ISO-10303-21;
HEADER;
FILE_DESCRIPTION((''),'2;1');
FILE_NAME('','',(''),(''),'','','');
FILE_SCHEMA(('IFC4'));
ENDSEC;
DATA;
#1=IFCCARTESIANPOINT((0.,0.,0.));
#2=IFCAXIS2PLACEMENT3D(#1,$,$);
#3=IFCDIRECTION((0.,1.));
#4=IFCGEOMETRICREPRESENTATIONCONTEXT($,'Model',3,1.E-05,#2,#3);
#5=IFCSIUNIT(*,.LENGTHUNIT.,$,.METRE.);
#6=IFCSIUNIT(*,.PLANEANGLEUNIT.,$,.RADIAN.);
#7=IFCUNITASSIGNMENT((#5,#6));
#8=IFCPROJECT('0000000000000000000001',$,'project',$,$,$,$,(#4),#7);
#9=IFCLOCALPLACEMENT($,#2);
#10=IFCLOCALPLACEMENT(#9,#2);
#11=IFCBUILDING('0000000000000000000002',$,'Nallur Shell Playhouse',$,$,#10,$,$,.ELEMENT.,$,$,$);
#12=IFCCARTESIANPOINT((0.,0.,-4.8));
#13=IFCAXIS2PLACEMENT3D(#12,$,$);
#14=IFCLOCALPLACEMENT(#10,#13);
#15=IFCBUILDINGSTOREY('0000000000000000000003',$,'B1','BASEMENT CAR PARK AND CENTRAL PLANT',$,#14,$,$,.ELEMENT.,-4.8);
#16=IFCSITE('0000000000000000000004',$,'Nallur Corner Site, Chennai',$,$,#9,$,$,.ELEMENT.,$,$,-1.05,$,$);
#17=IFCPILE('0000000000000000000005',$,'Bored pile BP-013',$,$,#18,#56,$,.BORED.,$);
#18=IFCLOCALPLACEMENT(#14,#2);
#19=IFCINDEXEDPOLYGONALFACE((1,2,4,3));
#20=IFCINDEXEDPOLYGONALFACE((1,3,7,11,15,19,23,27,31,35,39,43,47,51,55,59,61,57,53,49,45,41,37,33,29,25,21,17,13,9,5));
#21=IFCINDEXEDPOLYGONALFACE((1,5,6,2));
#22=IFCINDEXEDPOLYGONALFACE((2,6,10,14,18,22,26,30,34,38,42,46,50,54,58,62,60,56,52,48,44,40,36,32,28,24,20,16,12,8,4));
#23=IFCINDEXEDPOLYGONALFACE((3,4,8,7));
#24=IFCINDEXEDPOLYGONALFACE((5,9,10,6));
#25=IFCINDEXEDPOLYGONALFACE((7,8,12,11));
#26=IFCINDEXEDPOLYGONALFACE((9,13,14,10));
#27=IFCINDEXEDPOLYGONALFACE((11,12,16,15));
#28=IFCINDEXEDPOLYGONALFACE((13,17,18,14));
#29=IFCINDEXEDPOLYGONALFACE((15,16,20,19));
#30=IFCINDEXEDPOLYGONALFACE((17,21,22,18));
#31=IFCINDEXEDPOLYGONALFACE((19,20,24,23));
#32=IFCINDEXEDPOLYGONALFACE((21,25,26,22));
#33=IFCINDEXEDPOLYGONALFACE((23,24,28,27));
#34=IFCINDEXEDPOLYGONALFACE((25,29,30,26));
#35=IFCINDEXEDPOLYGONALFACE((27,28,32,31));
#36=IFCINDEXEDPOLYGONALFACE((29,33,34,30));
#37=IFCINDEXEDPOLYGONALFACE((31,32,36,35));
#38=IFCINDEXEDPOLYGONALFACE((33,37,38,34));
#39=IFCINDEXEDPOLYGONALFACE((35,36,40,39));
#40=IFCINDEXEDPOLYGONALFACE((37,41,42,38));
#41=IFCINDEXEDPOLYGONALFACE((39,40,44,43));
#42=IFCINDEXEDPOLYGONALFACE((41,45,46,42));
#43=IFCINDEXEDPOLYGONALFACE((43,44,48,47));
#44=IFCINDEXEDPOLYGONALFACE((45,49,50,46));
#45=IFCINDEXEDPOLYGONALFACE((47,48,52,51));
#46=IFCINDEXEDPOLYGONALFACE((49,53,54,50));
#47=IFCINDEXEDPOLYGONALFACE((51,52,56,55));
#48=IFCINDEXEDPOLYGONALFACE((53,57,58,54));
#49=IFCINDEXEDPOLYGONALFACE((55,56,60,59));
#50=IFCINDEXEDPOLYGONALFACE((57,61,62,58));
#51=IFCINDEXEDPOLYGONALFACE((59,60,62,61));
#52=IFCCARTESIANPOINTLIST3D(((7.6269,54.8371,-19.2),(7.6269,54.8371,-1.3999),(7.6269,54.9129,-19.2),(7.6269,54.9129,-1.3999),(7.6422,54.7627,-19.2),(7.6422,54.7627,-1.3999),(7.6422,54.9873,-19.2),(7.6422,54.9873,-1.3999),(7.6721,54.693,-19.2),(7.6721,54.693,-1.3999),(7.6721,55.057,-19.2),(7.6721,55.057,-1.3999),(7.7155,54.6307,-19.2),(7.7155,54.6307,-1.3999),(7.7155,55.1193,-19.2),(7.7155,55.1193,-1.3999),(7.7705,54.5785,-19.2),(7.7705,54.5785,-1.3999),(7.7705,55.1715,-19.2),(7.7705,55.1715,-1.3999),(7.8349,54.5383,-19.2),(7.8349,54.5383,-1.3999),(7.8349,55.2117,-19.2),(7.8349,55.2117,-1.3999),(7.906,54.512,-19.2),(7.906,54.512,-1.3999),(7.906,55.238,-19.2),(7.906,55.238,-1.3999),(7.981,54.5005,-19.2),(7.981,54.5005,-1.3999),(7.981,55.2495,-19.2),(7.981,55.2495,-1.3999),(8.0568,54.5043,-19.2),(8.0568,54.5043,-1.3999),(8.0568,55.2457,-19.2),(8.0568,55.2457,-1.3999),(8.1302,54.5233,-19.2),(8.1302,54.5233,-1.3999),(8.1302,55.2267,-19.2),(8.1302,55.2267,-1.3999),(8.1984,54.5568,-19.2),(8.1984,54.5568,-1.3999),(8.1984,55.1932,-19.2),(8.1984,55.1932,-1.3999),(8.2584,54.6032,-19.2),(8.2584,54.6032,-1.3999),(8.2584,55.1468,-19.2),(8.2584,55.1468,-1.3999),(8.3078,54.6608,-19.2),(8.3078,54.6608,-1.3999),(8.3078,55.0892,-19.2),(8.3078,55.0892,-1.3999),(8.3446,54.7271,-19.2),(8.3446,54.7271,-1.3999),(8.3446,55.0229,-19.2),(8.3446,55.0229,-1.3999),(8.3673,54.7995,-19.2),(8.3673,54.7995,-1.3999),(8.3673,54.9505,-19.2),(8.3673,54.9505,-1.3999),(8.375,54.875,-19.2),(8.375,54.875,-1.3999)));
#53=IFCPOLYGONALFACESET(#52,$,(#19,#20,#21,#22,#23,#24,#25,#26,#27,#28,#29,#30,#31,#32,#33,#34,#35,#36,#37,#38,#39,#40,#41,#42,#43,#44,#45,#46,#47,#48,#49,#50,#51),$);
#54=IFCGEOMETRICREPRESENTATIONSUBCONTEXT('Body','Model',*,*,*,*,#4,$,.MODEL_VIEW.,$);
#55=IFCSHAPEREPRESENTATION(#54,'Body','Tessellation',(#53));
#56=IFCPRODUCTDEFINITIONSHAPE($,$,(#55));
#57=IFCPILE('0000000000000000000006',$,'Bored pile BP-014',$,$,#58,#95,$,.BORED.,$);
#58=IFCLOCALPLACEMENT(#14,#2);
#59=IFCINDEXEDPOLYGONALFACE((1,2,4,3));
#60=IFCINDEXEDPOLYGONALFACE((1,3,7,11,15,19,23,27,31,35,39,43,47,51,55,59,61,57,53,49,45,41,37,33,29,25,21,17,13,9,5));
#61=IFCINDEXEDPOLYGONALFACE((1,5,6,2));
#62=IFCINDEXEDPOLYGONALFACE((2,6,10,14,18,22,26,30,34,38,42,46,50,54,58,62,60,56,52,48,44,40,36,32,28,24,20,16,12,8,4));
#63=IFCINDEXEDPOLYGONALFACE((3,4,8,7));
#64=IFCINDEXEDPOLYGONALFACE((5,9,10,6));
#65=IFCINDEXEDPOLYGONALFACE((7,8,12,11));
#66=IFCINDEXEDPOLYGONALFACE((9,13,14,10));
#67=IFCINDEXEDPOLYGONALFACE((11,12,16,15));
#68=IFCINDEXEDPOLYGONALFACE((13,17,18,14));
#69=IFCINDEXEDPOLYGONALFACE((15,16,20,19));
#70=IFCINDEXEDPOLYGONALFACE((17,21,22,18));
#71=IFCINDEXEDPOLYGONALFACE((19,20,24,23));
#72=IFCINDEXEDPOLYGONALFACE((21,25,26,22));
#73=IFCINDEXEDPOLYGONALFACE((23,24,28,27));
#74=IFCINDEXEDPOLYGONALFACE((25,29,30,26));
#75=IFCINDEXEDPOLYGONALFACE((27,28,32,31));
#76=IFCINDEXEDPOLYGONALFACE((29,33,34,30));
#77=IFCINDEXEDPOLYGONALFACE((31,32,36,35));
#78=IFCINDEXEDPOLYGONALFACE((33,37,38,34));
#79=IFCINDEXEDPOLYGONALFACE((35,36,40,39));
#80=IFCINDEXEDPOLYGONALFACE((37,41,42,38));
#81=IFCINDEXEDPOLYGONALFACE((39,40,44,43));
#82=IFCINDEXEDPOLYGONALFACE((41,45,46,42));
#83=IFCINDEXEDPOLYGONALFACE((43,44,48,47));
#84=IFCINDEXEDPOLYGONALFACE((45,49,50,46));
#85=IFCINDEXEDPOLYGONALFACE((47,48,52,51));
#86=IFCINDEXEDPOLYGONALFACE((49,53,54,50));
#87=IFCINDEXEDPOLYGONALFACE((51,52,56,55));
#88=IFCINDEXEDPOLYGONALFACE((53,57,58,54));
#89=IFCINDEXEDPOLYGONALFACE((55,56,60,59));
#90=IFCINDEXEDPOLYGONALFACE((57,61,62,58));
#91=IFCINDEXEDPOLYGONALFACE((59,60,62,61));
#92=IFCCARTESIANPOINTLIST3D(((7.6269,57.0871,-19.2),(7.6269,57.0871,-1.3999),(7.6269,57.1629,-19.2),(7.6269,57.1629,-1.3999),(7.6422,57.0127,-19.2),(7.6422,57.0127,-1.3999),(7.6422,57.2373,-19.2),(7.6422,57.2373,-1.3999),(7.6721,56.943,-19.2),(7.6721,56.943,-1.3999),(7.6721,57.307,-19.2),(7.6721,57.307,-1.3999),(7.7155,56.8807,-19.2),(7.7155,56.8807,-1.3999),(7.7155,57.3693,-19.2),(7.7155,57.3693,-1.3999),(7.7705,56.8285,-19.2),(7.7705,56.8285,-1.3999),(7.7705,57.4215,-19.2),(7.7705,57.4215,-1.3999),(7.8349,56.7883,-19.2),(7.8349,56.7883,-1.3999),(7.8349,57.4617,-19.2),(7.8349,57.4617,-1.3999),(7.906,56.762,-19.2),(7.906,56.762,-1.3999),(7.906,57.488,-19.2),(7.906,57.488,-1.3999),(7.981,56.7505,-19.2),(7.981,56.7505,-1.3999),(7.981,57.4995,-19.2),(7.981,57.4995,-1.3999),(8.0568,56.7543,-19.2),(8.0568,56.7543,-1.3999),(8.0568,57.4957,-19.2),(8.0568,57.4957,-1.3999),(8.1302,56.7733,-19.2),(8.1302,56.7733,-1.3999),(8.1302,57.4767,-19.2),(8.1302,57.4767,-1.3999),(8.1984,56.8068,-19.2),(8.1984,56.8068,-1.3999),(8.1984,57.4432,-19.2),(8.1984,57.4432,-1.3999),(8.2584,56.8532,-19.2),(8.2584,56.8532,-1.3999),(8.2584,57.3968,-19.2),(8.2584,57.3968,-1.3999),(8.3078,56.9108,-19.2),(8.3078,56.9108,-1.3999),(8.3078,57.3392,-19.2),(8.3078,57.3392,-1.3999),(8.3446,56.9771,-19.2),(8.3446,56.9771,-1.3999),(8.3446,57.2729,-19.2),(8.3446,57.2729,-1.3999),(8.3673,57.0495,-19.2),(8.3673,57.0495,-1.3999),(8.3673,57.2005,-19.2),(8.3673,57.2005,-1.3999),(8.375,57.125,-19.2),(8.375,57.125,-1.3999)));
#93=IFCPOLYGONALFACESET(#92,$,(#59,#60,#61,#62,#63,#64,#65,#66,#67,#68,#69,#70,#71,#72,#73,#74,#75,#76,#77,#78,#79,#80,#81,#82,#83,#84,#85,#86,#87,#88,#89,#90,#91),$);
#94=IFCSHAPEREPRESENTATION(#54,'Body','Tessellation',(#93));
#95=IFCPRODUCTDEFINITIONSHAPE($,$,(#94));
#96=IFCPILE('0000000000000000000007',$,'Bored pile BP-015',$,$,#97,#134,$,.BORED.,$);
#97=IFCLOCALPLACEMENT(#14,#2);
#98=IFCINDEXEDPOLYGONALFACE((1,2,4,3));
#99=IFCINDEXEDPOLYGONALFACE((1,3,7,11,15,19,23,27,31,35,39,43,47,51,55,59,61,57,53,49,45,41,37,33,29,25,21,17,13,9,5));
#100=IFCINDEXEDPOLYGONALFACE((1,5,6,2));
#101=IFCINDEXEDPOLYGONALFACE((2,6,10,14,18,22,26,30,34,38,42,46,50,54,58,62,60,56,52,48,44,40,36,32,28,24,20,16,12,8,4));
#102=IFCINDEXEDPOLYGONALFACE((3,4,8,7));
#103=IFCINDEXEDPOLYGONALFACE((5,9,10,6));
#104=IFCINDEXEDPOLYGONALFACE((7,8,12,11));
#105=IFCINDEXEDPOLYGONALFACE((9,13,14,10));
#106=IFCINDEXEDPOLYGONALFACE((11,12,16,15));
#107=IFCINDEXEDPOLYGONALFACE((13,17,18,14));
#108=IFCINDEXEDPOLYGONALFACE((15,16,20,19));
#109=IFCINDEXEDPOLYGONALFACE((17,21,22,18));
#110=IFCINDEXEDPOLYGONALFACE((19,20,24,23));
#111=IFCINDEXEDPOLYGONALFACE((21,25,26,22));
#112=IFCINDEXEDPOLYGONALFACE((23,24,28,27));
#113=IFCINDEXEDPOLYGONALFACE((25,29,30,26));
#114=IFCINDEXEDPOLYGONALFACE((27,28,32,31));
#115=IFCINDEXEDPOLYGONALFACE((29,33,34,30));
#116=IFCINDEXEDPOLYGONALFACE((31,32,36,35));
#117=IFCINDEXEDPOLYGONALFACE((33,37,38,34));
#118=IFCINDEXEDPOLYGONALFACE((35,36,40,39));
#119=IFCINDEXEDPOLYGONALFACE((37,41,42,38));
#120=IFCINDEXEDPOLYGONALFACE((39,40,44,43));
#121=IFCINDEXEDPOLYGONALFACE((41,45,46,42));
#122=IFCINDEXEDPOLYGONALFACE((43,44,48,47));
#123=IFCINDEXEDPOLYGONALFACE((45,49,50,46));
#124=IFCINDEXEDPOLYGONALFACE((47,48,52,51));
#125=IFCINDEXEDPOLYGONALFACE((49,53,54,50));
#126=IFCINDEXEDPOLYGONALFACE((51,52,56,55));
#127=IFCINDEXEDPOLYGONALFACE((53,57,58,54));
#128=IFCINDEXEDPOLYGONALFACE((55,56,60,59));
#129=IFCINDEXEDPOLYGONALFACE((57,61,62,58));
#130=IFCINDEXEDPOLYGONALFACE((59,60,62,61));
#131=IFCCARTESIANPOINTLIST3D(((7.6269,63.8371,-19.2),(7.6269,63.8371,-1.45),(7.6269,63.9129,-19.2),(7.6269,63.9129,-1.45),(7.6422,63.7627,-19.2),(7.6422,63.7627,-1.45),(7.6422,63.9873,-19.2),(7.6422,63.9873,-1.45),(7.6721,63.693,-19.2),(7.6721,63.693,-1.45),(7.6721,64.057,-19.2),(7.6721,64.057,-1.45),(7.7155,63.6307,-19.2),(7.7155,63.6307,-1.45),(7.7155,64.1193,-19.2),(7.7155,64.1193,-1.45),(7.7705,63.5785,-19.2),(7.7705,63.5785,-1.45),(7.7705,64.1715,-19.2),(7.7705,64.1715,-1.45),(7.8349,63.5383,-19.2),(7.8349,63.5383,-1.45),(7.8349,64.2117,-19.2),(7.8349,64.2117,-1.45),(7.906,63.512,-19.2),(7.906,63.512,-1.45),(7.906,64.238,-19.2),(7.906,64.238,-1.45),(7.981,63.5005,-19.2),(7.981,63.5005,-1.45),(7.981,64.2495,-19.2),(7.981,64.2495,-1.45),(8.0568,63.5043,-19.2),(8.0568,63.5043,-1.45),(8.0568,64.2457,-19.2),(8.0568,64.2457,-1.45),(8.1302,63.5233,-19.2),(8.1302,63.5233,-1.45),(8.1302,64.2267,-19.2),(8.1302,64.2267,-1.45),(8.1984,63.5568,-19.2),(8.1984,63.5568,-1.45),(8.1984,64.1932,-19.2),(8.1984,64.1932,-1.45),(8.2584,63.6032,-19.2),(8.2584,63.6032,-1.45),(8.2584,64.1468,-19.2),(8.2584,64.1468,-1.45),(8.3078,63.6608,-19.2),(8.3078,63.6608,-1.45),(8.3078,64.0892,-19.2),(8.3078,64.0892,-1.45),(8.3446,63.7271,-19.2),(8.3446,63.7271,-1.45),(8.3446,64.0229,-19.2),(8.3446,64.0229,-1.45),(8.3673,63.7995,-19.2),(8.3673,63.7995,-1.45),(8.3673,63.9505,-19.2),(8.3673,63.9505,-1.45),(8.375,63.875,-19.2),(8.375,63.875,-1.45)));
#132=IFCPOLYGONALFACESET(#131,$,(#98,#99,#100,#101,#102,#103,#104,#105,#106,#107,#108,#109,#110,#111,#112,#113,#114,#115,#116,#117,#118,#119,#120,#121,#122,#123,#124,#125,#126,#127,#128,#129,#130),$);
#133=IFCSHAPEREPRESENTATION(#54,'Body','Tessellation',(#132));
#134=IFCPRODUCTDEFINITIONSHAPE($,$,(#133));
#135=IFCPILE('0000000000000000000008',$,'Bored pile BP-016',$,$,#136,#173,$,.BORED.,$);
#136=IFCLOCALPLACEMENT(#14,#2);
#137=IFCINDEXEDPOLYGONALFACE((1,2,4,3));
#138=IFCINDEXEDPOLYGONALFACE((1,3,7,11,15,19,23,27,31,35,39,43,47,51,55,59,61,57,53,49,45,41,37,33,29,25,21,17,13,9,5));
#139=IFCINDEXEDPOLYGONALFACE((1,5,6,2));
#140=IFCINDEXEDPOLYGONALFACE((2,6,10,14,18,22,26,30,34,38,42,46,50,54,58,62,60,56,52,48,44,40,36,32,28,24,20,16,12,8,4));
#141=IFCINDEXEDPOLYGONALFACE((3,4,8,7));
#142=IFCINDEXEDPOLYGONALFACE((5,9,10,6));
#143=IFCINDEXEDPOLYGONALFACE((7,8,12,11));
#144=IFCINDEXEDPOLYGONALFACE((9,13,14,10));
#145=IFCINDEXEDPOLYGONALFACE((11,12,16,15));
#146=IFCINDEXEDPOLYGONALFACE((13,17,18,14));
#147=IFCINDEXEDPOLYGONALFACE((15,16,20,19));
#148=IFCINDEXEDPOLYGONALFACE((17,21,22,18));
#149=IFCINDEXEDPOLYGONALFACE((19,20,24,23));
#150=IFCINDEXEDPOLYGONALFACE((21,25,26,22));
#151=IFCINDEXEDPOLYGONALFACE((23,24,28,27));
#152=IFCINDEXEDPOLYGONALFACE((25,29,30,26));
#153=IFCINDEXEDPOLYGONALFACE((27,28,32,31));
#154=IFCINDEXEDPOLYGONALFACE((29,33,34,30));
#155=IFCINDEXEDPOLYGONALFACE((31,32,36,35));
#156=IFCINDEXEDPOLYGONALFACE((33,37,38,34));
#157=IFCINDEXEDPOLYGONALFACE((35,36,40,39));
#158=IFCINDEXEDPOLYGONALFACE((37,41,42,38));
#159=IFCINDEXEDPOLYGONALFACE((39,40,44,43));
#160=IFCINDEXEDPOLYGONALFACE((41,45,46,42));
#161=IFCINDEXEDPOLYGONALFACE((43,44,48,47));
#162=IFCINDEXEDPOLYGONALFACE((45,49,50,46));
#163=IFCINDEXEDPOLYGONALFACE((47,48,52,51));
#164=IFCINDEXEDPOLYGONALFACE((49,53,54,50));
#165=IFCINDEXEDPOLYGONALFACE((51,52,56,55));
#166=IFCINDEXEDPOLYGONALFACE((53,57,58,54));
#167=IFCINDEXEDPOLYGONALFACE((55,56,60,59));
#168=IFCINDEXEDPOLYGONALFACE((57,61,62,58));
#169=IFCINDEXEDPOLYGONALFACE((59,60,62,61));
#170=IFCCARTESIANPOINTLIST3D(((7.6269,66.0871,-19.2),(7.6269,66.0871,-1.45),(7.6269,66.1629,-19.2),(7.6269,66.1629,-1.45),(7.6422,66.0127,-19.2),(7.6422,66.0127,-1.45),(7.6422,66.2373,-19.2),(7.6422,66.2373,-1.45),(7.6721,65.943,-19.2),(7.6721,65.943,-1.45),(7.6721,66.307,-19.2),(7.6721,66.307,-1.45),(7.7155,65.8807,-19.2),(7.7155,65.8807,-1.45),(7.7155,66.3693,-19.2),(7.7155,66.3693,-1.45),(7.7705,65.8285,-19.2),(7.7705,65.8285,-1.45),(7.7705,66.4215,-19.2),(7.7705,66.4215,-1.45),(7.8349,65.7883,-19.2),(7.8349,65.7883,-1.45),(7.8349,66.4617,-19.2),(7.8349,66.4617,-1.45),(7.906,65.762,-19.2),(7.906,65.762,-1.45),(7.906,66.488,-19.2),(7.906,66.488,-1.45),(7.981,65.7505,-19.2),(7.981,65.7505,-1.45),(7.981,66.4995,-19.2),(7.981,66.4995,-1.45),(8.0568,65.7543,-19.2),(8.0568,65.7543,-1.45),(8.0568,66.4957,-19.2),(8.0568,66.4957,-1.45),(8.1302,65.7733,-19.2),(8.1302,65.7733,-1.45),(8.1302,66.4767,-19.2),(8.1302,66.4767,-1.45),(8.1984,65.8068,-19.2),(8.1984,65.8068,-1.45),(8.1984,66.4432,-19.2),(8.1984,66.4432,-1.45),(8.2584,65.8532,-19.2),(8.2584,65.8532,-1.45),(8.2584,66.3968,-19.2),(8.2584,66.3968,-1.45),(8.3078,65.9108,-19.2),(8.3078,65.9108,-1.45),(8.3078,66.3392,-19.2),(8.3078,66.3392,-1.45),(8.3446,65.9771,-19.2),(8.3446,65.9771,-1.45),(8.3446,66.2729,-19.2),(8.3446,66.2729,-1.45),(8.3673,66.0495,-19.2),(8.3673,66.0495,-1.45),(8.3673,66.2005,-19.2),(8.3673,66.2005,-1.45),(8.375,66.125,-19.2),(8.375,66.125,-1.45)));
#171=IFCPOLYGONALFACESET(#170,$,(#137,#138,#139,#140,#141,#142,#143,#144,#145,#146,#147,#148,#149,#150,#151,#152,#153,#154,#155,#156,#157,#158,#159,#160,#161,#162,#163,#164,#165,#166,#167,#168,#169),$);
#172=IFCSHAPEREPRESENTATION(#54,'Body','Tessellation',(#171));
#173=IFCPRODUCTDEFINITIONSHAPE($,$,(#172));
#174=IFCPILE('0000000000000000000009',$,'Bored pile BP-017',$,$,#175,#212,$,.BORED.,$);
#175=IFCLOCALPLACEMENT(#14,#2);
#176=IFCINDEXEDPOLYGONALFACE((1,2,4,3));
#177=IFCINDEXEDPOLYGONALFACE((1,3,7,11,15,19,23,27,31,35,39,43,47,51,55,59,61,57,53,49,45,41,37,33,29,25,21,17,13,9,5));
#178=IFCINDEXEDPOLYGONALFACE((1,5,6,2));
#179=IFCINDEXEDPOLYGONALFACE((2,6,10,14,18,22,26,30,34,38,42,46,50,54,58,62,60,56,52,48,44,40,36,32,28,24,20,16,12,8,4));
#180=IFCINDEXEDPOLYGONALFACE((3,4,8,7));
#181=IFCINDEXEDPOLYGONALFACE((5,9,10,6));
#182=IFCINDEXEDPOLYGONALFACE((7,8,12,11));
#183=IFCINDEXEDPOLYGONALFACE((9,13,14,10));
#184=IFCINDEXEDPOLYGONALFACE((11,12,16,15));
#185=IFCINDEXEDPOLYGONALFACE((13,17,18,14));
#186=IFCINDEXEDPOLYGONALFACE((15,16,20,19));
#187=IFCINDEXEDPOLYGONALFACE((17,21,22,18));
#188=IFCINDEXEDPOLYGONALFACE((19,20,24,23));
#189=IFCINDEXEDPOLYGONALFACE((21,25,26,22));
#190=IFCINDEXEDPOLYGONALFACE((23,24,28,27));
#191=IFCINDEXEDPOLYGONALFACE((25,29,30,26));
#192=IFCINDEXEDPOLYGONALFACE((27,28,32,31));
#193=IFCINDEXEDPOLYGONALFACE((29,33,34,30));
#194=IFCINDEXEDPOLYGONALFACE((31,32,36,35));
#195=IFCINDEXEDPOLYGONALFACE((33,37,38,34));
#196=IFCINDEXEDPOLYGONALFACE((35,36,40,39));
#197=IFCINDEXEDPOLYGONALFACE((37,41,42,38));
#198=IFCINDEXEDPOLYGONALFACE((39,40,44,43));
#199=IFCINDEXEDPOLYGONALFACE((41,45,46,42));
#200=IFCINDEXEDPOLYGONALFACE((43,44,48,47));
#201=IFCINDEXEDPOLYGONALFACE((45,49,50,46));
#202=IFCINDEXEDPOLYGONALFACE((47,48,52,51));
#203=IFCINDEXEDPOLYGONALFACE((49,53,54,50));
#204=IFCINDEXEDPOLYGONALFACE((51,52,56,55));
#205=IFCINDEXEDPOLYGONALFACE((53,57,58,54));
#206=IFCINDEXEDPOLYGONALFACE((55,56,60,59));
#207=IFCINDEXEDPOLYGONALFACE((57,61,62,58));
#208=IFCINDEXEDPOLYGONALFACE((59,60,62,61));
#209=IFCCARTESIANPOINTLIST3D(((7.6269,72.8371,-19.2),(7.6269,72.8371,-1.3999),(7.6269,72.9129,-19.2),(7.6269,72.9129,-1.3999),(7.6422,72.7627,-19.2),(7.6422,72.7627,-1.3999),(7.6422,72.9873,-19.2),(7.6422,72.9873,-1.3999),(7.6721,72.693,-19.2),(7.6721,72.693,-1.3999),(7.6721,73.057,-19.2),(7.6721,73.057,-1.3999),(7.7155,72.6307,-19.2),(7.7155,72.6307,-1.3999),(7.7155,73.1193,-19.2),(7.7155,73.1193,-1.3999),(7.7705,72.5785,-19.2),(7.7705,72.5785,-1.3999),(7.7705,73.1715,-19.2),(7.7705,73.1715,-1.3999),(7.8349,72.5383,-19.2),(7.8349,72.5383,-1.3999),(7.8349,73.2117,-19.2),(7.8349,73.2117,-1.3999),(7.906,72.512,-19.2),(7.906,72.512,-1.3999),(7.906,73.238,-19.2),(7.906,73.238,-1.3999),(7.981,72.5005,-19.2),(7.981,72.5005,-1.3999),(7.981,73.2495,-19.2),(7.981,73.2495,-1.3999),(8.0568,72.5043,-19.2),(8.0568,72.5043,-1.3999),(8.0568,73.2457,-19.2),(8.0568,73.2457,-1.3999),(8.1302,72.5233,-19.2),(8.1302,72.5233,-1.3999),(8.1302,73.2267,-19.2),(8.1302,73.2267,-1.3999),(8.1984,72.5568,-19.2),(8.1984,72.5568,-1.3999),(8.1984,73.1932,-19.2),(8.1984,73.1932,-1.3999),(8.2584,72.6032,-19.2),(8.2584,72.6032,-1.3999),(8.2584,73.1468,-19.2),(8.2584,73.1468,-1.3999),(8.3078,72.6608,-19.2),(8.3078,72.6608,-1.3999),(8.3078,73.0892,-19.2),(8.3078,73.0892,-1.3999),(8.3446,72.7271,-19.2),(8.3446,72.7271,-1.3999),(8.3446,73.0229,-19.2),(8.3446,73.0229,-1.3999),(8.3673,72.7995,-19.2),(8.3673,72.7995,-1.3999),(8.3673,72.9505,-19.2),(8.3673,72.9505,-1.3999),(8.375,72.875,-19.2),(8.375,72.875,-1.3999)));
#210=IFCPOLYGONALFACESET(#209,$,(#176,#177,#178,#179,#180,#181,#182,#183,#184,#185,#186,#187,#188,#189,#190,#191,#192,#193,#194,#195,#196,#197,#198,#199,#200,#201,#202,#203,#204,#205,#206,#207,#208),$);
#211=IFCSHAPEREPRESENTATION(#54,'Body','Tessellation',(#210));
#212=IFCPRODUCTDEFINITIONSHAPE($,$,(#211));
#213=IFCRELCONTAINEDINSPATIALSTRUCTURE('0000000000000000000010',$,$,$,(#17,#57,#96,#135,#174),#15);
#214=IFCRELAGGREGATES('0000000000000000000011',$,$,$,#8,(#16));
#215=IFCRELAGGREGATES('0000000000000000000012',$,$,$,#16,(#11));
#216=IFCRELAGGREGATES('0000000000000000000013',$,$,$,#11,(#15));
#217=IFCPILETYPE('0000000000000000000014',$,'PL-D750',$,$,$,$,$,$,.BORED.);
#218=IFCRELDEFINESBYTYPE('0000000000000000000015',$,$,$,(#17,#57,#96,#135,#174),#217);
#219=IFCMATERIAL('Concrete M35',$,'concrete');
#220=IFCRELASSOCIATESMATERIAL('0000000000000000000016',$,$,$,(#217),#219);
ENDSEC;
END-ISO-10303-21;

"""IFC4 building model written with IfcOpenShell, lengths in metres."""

from ifc_helpers import new_model, si_unit, direction, frame, origin, origin_2d, place, context, subcontext, project, spatial, circle, extrude, material, material_profile, profile_set, type_object, element, save


model = new_model("IFC4")

# Units and contexts
model_context = context("Model", 3, precision=1e-05, world=origin(), true_north=direction((0.0, 1.0)))
body_context = subcontext(model_context, "Body", "Model", "MODEL_VIEW")
ifc_project = project(units=[si_unit("LENGTHUNIT", "METRE"), si_unit("PLANEANGLEUNIT", "RADIAN")], contexts=[model_context])

# Site, building, storey
site_placement = place(None, origin())
site = spatial("IfcSite", under=ifc_project, at=site_placement, Name="Nallur Corner Site, Chennai", CompositionType="ELEMENT", RefElevation=-1.05)
building_placement = place(site_placement, origin())
building = spatial("IfcBuilding", under=site, at=building_placement, Name="Nallur Shell Playhouse", CompositionType="ELEMENT")
storey_placement = place(building_placement, frame((0.0, 0.0, -4.8)))
storey = spatial("IfcBuildingStorey", under=building, at=storey_placement, Name="B1", Description="BASEMENT CAR PARK AND CENTRAL PLANT", CompositionType="ELEMENT", Elevation=-4.8)

# Shared definitions
ifc_material_1 = material(Name="Concrete M35", Category="concrete")

# Piles
ifc_material_profile_1 = material_profile(ifc_material_1, circle(Radius=0.375, at=origin_2d()), Name="BORED PILE D750")
ifc_profile_set_1 = profile_set([ifc_material_profile_1], Name="Concrete M35")
pile_type_1 = type_object("IfcPileType", Name="PL-D750", PredefinedType="BORED", material=ifc_profile_set_1)
for number, where, z_axis, x_axis, name in (
    (1, (8.0, 54.875, -1.3999), (0.0, 0.0, -1.0), (1.0, 0.0, 0.0), "Bored pile BP-013"),
    (2, (8.0, 57.125, -1.3999), (0.0, 0.0, -1.0), (1.0, 0.0, 0.0), "Bored pile BP-014"),
):
    element("IfcPile", number, at=place(storey_placement, frame(where, z_axis=z_axis, x_axis=x_axis)), inside=storey, type_object=pile_type_1, Name=name, PredefinedType="BORED", context=body_context, shape_type="SweptSolid", body=[
        extrude(circle(Radius=0.375, at=origin_2d()), origin(), (0.0, 0.0, 1.0), 17.8),
    ])
for number, where, z_axis, x_axis, name in (
    (3, (8.0, 63.875, -1.45), (0.0, 0.0, -1.0), (1.0, 0.0, 0.0), "Bored pile BP-015"),
    (4, (8.0, 66.125, -1.45), (0.0, 0.0, -1.0), (1.0, 0.0, 0.0), "Bored pile BP-016"),
):
    element("IfcPile", number, at=place(storey_placement, frame(where, z_axis=z_axis, x_axis=x_axis)), inside=storey, type_object=pile_type_1, Name=name, PredefinedType="BORED", context=body_context, shape_type="SweptSolid", body=[
        extrude(circle(Radius=0.375, at=origin_2d()), origin(), (0.0, 0.0, 1.0), 17.75),
    ])
pile_1_placement = place(storey_placement, frame((8.0, 72.875, -1.3999), z_axis=(0.0, 0.0, -1.0), x_axis=(1.0, 0.0, 0.0)))
element("IfcPile", 5, at=pile_1_placement, inside=storey, type_object=pile_type_1, Name="Bored pile BP-017", PredefinedType="BORED", context=body_context, shape_type="SweptSolid", body=[
    extrude(circle(Radius=0.375, at=origin_2d()), origin(), (0.0, 0.0, 1.0), 17.8),
])

save(model, "model.ifc")
